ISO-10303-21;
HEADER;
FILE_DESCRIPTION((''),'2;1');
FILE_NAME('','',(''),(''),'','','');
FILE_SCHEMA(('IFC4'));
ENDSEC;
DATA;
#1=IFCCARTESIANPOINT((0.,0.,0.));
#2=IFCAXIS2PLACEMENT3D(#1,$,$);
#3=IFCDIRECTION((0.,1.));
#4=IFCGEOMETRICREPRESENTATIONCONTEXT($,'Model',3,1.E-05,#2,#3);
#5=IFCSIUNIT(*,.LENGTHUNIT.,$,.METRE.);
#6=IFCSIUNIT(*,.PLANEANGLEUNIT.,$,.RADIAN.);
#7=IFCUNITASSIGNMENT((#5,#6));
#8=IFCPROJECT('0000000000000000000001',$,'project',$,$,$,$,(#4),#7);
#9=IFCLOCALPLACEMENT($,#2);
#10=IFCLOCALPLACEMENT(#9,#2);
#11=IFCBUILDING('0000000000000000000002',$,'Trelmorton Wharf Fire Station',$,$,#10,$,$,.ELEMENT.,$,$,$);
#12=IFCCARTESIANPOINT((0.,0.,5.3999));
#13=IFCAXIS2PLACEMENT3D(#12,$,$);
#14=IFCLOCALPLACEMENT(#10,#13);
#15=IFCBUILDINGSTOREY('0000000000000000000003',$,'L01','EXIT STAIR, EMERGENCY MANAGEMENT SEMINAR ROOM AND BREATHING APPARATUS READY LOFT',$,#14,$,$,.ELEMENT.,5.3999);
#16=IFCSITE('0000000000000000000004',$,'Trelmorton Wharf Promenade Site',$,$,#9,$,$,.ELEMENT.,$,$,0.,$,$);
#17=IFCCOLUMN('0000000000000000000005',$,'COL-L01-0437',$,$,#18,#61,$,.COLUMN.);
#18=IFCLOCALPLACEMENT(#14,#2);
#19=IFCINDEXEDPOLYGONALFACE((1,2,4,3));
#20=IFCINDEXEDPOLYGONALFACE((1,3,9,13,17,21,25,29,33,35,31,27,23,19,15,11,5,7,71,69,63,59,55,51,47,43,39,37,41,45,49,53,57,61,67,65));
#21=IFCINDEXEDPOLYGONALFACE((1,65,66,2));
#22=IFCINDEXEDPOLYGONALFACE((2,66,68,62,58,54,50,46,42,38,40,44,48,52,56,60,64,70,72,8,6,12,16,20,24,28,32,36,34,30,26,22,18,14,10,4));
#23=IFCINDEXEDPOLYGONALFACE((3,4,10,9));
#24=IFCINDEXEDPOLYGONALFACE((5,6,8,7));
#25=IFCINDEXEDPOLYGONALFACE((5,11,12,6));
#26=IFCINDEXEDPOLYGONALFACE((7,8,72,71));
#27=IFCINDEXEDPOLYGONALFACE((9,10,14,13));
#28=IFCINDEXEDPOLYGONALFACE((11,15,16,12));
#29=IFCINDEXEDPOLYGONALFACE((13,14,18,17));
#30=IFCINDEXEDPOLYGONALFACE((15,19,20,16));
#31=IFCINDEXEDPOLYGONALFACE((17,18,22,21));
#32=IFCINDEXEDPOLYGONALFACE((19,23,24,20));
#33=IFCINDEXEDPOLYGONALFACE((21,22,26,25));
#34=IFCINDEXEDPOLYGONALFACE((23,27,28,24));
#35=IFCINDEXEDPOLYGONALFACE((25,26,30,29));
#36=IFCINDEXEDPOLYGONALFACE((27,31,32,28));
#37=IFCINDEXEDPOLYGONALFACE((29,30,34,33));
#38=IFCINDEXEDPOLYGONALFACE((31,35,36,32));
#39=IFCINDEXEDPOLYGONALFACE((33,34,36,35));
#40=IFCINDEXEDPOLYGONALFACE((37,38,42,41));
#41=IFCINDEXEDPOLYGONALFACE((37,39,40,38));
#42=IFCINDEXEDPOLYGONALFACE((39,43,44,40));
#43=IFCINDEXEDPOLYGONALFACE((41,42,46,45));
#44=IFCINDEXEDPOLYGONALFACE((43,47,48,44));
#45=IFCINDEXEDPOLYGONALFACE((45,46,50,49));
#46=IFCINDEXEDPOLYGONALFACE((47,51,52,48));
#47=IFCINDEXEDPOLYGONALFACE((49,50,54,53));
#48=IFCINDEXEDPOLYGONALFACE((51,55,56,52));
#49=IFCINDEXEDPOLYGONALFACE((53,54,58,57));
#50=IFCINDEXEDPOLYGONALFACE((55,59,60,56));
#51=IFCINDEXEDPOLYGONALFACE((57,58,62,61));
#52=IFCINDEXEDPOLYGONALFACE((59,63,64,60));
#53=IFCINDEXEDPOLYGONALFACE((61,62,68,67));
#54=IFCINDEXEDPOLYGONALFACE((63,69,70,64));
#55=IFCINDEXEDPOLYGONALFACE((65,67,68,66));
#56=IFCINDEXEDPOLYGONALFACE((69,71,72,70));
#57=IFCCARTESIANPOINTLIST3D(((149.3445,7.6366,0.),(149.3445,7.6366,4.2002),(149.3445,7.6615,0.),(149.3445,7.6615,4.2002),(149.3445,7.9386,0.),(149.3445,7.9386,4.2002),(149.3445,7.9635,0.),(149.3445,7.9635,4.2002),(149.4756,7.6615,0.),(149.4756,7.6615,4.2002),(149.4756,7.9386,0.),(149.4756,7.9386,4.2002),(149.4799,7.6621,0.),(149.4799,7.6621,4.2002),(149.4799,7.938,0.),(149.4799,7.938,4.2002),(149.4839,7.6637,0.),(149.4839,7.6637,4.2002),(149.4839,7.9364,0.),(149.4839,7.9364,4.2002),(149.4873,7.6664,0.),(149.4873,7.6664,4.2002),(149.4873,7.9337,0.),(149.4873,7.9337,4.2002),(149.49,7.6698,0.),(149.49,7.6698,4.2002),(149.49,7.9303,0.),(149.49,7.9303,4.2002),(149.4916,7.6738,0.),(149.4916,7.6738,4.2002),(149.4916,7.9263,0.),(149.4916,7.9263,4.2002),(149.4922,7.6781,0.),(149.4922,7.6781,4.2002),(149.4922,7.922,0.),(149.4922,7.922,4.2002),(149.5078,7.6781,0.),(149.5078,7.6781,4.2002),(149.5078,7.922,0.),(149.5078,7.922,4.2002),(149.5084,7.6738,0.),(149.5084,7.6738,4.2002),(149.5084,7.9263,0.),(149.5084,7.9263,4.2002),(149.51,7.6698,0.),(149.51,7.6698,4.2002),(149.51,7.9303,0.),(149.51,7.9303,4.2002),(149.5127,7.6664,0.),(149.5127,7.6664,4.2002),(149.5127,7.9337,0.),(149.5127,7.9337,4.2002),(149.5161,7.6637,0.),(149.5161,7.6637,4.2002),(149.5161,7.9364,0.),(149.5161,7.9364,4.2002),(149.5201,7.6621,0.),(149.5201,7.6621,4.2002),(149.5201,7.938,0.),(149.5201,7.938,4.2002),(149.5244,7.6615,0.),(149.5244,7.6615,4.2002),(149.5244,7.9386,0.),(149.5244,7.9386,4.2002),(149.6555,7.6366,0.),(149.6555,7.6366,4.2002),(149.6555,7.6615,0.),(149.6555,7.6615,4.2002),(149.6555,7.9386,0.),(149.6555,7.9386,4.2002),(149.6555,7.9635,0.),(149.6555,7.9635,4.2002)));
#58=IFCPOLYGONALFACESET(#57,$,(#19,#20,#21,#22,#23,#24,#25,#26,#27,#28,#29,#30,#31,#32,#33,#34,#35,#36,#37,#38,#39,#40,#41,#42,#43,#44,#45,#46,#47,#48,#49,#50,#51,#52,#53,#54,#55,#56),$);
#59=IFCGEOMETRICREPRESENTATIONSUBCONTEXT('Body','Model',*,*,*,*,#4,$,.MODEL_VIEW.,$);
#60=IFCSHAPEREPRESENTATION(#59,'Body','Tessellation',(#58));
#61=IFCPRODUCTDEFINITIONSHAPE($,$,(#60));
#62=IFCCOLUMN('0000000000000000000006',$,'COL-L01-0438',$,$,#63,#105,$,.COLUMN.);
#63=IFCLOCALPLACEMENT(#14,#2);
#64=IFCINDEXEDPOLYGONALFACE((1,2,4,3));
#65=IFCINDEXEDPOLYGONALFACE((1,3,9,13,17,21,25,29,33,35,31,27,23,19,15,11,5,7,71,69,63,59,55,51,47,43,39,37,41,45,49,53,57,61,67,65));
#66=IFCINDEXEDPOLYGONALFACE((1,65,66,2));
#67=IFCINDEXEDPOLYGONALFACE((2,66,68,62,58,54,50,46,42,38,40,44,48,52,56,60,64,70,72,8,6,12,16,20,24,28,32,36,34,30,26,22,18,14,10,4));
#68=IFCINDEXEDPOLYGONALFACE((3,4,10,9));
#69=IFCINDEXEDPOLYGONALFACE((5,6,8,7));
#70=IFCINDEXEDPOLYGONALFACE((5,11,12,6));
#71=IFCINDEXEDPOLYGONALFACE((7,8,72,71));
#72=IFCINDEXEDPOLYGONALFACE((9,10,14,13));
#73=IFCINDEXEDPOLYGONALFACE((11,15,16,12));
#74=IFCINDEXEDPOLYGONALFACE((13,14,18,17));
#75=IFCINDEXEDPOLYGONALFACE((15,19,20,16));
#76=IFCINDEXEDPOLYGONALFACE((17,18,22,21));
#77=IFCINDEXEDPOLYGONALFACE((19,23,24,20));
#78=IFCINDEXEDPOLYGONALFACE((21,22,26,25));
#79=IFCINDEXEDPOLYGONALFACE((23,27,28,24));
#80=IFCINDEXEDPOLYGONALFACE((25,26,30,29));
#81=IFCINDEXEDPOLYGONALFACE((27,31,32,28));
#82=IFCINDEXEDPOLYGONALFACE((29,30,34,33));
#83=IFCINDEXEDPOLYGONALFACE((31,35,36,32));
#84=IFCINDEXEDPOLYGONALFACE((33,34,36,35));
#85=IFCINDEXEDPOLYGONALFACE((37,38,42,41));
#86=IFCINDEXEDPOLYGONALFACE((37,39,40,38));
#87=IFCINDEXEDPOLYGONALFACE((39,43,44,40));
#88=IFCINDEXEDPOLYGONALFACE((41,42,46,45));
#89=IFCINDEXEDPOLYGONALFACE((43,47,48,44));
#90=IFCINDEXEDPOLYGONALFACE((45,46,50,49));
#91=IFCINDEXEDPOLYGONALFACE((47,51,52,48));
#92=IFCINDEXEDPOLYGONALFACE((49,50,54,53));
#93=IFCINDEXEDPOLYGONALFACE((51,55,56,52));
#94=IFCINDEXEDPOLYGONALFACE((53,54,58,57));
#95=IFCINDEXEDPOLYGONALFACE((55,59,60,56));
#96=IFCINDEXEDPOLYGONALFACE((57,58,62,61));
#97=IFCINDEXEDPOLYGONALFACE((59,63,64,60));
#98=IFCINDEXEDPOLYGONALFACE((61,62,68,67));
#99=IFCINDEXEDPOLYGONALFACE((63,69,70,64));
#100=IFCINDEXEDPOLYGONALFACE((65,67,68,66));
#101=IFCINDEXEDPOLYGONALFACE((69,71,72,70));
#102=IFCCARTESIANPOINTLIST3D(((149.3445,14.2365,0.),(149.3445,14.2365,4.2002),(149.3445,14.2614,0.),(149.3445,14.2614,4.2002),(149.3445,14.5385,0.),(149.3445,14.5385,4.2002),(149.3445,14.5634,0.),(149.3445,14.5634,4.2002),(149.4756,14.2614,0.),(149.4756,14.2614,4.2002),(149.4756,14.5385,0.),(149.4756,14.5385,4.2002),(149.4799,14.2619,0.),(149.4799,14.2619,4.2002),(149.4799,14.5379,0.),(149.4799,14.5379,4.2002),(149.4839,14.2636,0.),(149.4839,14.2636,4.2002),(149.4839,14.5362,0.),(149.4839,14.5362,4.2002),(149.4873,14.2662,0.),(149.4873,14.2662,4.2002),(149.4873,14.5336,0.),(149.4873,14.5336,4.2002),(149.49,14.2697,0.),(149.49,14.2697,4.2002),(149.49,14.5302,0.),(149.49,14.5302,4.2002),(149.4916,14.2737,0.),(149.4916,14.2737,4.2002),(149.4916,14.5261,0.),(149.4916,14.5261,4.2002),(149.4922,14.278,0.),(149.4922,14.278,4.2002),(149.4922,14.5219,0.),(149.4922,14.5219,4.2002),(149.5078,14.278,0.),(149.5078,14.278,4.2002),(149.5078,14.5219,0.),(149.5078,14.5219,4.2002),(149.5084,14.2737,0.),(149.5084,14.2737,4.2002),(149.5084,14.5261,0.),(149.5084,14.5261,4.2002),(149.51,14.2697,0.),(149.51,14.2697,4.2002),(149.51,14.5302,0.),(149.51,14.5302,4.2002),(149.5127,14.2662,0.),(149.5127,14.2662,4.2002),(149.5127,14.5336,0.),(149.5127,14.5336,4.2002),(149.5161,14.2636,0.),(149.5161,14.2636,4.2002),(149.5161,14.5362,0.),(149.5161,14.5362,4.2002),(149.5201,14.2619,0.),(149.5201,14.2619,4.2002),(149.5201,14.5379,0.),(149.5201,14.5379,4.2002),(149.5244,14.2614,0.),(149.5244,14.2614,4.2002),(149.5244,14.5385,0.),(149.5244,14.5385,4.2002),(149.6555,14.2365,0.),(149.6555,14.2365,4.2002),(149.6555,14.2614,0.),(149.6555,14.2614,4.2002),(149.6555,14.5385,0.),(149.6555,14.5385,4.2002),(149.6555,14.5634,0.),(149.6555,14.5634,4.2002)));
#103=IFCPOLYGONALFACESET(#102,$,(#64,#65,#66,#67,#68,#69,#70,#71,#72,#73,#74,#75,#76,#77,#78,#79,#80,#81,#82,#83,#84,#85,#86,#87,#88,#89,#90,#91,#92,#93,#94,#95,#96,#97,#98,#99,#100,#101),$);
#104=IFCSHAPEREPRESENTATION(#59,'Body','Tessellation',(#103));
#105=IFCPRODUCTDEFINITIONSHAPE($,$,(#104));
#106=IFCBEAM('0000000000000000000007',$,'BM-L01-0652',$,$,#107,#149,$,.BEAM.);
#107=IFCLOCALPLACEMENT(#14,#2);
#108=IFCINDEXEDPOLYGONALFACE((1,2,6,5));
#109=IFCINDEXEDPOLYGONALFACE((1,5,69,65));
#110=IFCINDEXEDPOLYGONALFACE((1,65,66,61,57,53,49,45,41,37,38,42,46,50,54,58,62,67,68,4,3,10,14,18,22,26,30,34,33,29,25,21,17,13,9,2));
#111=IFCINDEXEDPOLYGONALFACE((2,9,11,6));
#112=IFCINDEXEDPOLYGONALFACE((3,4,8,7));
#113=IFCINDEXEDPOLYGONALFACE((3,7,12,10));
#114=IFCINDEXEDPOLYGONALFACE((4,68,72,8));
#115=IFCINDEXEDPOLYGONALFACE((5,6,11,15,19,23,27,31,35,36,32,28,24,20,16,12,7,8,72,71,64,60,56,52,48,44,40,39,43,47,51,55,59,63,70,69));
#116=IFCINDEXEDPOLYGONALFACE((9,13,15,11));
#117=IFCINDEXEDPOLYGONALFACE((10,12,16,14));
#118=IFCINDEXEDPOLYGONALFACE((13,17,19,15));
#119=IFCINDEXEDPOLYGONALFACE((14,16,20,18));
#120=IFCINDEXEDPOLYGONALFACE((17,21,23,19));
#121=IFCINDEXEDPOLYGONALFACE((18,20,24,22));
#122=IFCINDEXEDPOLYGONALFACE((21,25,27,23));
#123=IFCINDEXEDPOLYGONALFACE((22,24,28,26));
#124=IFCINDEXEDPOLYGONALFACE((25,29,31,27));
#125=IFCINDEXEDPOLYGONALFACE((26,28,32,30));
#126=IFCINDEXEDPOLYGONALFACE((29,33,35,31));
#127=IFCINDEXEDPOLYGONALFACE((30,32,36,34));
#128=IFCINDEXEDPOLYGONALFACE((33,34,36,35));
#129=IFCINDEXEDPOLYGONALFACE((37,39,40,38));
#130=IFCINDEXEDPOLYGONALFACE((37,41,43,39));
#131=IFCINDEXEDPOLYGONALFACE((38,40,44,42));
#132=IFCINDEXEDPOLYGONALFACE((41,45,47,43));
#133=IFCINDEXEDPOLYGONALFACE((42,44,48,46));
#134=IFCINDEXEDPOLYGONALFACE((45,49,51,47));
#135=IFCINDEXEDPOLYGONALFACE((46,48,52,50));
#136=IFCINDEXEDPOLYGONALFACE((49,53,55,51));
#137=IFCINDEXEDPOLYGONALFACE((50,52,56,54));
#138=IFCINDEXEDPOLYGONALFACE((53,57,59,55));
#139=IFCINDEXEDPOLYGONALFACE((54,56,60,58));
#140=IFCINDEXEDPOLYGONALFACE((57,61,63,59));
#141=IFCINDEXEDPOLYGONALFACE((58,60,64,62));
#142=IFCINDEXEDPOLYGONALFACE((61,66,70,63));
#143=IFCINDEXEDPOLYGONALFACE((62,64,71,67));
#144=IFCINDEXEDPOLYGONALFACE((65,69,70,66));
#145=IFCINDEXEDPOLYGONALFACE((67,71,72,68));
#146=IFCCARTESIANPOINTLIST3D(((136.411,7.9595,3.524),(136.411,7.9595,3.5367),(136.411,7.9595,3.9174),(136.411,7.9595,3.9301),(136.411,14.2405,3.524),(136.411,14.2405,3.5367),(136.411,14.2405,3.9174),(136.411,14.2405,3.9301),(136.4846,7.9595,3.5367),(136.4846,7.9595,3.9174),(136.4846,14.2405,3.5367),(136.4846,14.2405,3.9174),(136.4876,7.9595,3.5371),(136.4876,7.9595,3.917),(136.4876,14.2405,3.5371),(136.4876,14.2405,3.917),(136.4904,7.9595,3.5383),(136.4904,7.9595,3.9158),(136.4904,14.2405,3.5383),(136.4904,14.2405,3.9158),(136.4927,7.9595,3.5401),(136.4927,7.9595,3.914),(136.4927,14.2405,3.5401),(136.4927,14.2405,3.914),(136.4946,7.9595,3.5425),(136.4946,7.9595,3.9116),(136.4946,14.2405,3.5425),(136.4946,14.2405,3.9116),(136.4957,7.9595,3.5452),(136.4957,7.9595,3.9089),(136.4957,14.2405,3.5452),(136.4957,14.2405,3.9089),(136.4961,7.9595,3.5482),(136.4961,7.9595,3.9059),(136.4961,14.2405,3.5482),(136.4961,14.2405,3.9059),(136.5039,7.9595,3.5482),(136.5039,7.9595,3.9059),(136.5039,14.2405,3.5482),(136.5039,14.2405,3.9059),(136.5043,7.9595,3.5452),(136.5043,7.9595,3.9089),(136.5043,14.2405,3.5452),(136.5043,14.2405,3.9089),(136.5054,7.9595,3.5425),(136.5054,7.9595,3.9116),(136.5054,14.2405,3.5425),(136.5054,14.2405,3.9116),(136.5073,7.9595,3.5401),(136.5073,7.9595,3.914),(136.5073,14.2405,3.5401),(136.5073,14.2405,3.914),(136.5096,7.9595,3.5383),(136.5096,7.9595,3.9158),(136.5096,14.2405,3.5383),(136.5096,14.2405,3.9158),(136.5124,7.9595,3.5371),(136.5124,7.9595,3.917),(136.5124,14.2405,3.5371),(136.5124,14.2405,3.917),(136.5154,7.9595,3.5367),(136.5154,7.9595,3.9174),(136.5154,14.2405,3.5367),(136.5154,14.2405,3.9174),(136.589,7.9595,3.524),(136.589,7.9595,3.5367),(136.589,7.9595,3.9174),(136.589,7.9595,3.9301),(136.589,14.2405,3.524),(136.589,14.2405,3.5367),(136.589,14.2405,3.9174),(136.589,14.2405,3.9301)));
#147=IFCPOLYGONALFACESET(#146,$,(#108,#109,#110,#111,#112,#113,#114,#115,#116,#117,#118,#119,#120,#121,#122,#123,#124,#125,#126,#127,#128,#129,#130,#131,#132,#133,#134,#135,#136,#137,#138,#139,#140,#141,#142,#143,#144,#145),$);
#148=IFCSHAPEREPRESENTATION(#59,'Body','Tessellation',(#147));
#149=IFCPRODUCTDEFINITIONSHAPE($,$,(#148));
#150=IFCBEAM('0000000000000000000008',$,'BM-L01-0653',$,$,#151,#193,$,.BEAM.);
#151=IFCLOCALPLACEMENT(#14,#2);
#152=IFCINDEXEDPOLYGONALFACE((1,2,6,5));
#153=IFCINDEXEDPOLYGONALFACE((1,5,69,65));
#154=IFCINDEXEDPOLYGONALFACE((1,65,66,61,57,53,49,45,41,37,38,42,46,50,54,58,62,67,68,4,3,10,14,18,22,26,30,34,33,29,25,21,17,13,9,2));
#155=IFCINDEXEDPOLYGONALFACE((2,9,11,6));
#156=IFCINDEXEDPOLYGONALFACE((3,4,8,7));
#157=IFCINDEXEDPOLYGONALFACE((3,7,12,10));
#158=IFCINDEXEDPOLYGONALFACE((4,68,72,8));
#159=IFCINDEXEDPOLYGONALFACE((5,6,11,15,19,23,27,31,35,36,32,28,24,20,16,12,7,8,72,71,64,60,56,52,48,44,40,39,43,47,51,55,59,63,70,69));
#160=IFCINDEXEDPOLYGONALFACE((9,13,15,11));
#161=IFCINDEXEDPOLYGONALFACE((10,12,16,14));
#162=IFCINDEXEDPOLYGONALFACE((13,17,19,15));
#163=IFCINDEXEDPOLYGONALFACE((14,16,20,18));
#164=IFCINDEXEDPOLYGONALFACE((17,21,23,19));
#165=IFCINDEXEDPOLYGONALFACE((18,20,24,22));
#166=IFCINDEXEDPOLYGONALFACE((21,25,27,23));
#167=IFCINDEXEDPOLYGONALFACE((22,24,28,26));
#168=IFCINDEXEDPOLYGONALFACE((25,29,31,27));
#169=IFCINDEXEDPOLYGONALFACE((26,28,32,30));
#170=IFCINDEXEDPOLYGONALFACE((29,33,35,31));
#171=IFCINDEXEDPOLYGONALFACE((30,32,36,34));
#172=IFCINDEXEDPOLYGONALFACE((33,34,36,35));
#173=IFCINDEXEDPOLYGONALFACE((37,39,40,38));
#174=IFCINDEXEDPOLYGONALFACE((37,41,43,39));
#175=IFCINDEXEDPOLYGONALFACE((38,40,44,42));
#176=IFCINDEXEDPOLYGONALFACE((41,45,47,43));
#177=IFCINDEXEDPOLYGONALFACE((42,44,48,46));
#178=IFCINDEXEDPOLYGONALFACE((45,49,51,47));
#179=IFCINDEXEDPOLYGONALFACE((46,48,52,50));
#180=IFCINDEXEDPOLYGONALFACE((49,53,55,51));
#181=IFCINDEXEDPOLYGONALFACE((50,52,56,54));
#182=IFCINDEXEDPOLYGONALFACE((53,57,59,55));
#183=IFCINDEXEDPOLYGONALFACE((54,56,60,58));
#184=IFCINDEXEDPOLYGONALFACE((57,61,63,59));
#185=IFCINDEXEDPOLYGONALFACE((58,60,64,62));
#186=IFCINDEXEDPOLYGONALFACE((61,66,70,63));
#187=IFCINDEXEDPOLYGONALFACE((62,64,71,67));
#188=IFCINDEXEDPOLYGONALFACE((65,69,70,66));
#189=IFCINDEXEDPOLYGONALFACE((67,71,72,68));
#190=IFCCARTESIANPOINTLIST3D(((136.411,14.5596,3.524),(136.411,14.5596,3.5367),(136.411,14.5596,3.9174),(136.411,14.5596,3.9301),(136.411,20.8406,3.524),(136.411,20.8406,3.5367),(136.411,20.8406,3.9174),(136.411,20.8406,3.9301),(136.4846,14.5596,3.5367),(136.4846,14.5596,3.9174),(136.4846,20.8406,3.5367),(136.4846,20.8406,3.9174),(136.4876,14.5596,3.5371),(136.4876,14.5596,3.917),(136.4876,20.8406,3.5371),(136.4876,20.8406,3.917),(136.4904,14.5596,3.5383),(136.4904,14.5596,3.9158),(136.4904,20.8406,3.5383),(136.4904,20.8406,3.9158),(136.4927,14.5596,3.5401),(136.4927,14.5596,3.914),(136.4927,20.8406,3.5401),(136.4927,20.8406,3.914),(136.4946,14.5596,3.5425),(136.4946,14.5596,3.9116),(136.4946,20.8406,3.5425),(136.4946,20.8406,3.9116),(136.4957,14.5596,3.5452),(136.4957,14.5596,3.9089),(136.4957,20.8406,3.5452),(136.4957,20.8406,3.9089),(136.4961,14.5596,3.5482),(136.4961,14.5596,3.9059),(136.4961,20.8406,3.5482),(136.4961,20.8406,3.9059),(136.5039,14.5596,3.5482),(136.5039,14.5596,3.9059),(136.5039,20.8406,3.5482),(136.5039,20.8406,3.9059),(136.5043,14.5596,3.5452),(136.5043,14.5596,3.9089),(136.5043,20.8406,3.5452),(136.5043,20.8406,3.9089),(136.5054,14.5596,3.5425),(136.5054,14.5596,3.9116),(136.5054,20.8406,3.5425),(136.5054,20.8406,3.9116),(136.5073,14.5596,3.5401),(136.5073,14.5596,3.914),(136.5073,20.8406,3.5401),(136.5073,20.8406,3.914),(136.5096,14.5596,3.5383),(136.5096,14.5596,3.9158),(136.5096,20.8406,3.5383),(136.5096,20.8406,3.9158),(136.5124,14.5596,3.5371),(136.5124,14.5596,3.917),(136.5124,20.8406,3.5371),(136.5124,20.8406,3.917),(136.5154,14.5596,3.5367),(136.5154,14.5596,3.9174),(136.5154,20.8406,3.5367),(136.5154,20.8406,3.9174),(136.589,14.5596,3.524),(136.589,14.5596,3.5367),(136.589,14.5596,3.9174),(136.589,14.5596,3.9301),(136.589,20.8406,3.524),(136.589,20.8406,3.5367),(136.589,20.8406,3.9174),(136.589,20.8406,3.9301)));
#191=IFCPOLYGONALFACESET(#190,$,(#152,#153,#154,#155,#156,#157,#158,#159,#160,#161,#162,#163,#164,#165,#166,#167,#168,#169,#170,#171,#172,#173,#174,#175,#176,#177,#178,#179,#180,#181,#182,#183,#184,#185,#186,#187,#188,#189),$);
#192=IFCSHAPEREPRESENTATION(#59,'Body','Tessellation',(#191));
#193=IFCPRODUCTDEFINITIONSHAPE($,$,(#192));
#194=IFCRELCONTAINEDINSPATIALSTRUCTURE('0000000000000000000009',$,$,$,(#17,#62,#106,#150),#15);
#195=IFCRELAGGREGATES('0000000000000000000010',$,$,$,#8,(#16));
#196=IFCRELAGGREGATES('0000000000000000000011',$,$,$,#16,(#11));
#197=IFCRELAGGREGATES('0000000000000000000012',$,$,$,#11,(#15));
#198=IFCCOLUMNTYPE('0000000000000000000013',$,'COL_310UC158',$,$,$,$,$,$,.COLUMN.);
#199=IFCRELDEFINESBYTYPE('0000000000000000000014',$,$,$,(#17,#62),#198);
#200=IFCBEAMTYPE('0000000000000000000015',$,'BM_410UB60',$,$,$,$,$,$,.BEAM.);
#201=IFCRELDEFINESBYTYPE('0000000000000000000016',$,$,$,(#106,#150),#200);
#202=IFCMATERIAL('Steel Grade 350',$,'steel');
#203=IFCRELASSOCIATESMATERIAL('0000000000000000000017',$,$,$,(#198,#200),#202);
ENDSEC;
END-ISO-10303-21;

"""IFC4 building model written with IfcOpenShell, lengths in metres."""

from ifc_helpers import new_model, si_unit, direction, frame, origin, origin_2d, place, context, subcontext, project, spatial, i_section, extrude, material, material_profile, profile_set, type_object, element, save


model = new_model("IFC4")

# Units and contexts
model_context = context("Model", 3, precision=1e-05, world=origin(), true_north=direction((0.0, 1.0)))
body_context = subcontext(model_context, "Body", "Model", "MODEL_VIEW")
ifc_project = project(units=[si_unit("LENGTHUNIT", "METRE"), si_unit("PLANEANGLEUNIT", "RADIAN")], contexts=[model_context])

# Site, building, storey
site_placement = place(None, origin())
site = spatial("IfcSite", under=ifc_project, at=site_placement, Name="Trelmorton Wharf Promenade Site", CompositionType="ELEMENT", RefElevation=0.0)
building_placement = place(site_placement, origin())
building = spatial("IfcBuilding", under=site, at=building_placement, Name="Trelmorton Wharf Fire Station", CompositionType="ELEMENT")
storey_placement = place(building_placement, frame((0.0, 0.0, 5.3999)))
storey = spatial("IfcBuildingStorey", under=building, at=storey_placement, Name="L01", Description="EXIT STAIR, EMERGENCY MANAGEMENT SEMINAR ROOM AND BREATHING APPARATUS READY LOFT", CompositionType="ELEMENT", Elevation=5.3999)

# Columns
ifc_material_1 = material(Name="Steel Grade 350", Category="steel")
ifc_material_profile_1 = material_profile(ifc_material_1, i_section(OverallWidth=0.311, OverallDepth=0.3269, WebThickness=0.0156, FlangeThickness=0.0249, FilletRadius=0.0166, at=origin_2d()), Name="310UC158")
ifc_profile_set_1 = profile_set([ifc_material_profile_1], Name="Steel Grade 350")
column_type = type_object("IfcColumnType", Name="COL_310UC158", PredefinedType="COLUMN", material=ifc_profile_set_1)
for number, where, z_axis, x_axis, name in (
    (1, (149.5, 7.8, 0.0), (0.0, 0.0, 1.0), (1.0, 0.0, 0.0), "COL-L01-0437"),
    (2, (149.5, 14.3999, 0.0), (0.0, 0.0, 1.0), (1.0, 0.0, 0.0), "COL-L01-0438"),
):
    element("IfcColumn", number, at=place(storey_placement, frame(where, z_axis=z_axis, x_axis=x_axis)), inside=storey, type_object=column_type, Name=name, PredefinedType="COLUMN", context=body_context, shape_type="SweptSolid", body=[
        extrude(i_section(OverallWidth=0.311, OverallDepth=0.3269, WebThickness=0.0156, FlangeThickness=0.0249, FilletRadius=0.0166, at=origin_2d()), origin(), (0.0, 0.0, 1.0), 4.2002),
    ])

# Beams
ifc_material_profile_2 = material_profile(ifc_material_1, i_section(OverallWidth=0.178, OverallDepth=0.406, WebThickness=0.0078, FlangeThickness=0.0127, FilletRadius=0.0115, at=origin_2d()), Name="410UB59.7")
ifc_profile_set_2 = profile_set([ifc_material_profile_2], Name="Steel Grade 350")
beam_type_1 = type_object("IfcBeamType", Name="BM_410UB60", PredefinedType="BEAM", material=ifc_profile_set_2)
for number, where, z_axis, x_axis, name in (
    (3, (136.5, 7.9595, 3.7271), (0.0, 1.0, 0.0), (-1.0, 0.0, 0.0), "BM-L01-0652"),
    (4, (136.5, 14.5596, 3.7271), (0.0, 1.0, 0.0), (-1.0, 0.0, 0.0), "BM-L01-0653"),
):
    element("IfcBeam", number, at=place(storey_placement, frame(where, z_axis=z_axis, x_axis=x_axis)), inside=storey, type_object=beam_type_1, Name=name, PredefinedType="BEAM", context=body_context, shape_type="SweptSolid", body=[
        extrude(i_section(OverallWidth=0.178, OverallDepth=0.406, WebThickness=0.0078, FlangeThickness=0.0127, FilletRadius=0.0115, at=origin_2d()), origin(), (0.0, 0.0, 1.0), 6.281),
    ])

save(model, "model.ifc")
